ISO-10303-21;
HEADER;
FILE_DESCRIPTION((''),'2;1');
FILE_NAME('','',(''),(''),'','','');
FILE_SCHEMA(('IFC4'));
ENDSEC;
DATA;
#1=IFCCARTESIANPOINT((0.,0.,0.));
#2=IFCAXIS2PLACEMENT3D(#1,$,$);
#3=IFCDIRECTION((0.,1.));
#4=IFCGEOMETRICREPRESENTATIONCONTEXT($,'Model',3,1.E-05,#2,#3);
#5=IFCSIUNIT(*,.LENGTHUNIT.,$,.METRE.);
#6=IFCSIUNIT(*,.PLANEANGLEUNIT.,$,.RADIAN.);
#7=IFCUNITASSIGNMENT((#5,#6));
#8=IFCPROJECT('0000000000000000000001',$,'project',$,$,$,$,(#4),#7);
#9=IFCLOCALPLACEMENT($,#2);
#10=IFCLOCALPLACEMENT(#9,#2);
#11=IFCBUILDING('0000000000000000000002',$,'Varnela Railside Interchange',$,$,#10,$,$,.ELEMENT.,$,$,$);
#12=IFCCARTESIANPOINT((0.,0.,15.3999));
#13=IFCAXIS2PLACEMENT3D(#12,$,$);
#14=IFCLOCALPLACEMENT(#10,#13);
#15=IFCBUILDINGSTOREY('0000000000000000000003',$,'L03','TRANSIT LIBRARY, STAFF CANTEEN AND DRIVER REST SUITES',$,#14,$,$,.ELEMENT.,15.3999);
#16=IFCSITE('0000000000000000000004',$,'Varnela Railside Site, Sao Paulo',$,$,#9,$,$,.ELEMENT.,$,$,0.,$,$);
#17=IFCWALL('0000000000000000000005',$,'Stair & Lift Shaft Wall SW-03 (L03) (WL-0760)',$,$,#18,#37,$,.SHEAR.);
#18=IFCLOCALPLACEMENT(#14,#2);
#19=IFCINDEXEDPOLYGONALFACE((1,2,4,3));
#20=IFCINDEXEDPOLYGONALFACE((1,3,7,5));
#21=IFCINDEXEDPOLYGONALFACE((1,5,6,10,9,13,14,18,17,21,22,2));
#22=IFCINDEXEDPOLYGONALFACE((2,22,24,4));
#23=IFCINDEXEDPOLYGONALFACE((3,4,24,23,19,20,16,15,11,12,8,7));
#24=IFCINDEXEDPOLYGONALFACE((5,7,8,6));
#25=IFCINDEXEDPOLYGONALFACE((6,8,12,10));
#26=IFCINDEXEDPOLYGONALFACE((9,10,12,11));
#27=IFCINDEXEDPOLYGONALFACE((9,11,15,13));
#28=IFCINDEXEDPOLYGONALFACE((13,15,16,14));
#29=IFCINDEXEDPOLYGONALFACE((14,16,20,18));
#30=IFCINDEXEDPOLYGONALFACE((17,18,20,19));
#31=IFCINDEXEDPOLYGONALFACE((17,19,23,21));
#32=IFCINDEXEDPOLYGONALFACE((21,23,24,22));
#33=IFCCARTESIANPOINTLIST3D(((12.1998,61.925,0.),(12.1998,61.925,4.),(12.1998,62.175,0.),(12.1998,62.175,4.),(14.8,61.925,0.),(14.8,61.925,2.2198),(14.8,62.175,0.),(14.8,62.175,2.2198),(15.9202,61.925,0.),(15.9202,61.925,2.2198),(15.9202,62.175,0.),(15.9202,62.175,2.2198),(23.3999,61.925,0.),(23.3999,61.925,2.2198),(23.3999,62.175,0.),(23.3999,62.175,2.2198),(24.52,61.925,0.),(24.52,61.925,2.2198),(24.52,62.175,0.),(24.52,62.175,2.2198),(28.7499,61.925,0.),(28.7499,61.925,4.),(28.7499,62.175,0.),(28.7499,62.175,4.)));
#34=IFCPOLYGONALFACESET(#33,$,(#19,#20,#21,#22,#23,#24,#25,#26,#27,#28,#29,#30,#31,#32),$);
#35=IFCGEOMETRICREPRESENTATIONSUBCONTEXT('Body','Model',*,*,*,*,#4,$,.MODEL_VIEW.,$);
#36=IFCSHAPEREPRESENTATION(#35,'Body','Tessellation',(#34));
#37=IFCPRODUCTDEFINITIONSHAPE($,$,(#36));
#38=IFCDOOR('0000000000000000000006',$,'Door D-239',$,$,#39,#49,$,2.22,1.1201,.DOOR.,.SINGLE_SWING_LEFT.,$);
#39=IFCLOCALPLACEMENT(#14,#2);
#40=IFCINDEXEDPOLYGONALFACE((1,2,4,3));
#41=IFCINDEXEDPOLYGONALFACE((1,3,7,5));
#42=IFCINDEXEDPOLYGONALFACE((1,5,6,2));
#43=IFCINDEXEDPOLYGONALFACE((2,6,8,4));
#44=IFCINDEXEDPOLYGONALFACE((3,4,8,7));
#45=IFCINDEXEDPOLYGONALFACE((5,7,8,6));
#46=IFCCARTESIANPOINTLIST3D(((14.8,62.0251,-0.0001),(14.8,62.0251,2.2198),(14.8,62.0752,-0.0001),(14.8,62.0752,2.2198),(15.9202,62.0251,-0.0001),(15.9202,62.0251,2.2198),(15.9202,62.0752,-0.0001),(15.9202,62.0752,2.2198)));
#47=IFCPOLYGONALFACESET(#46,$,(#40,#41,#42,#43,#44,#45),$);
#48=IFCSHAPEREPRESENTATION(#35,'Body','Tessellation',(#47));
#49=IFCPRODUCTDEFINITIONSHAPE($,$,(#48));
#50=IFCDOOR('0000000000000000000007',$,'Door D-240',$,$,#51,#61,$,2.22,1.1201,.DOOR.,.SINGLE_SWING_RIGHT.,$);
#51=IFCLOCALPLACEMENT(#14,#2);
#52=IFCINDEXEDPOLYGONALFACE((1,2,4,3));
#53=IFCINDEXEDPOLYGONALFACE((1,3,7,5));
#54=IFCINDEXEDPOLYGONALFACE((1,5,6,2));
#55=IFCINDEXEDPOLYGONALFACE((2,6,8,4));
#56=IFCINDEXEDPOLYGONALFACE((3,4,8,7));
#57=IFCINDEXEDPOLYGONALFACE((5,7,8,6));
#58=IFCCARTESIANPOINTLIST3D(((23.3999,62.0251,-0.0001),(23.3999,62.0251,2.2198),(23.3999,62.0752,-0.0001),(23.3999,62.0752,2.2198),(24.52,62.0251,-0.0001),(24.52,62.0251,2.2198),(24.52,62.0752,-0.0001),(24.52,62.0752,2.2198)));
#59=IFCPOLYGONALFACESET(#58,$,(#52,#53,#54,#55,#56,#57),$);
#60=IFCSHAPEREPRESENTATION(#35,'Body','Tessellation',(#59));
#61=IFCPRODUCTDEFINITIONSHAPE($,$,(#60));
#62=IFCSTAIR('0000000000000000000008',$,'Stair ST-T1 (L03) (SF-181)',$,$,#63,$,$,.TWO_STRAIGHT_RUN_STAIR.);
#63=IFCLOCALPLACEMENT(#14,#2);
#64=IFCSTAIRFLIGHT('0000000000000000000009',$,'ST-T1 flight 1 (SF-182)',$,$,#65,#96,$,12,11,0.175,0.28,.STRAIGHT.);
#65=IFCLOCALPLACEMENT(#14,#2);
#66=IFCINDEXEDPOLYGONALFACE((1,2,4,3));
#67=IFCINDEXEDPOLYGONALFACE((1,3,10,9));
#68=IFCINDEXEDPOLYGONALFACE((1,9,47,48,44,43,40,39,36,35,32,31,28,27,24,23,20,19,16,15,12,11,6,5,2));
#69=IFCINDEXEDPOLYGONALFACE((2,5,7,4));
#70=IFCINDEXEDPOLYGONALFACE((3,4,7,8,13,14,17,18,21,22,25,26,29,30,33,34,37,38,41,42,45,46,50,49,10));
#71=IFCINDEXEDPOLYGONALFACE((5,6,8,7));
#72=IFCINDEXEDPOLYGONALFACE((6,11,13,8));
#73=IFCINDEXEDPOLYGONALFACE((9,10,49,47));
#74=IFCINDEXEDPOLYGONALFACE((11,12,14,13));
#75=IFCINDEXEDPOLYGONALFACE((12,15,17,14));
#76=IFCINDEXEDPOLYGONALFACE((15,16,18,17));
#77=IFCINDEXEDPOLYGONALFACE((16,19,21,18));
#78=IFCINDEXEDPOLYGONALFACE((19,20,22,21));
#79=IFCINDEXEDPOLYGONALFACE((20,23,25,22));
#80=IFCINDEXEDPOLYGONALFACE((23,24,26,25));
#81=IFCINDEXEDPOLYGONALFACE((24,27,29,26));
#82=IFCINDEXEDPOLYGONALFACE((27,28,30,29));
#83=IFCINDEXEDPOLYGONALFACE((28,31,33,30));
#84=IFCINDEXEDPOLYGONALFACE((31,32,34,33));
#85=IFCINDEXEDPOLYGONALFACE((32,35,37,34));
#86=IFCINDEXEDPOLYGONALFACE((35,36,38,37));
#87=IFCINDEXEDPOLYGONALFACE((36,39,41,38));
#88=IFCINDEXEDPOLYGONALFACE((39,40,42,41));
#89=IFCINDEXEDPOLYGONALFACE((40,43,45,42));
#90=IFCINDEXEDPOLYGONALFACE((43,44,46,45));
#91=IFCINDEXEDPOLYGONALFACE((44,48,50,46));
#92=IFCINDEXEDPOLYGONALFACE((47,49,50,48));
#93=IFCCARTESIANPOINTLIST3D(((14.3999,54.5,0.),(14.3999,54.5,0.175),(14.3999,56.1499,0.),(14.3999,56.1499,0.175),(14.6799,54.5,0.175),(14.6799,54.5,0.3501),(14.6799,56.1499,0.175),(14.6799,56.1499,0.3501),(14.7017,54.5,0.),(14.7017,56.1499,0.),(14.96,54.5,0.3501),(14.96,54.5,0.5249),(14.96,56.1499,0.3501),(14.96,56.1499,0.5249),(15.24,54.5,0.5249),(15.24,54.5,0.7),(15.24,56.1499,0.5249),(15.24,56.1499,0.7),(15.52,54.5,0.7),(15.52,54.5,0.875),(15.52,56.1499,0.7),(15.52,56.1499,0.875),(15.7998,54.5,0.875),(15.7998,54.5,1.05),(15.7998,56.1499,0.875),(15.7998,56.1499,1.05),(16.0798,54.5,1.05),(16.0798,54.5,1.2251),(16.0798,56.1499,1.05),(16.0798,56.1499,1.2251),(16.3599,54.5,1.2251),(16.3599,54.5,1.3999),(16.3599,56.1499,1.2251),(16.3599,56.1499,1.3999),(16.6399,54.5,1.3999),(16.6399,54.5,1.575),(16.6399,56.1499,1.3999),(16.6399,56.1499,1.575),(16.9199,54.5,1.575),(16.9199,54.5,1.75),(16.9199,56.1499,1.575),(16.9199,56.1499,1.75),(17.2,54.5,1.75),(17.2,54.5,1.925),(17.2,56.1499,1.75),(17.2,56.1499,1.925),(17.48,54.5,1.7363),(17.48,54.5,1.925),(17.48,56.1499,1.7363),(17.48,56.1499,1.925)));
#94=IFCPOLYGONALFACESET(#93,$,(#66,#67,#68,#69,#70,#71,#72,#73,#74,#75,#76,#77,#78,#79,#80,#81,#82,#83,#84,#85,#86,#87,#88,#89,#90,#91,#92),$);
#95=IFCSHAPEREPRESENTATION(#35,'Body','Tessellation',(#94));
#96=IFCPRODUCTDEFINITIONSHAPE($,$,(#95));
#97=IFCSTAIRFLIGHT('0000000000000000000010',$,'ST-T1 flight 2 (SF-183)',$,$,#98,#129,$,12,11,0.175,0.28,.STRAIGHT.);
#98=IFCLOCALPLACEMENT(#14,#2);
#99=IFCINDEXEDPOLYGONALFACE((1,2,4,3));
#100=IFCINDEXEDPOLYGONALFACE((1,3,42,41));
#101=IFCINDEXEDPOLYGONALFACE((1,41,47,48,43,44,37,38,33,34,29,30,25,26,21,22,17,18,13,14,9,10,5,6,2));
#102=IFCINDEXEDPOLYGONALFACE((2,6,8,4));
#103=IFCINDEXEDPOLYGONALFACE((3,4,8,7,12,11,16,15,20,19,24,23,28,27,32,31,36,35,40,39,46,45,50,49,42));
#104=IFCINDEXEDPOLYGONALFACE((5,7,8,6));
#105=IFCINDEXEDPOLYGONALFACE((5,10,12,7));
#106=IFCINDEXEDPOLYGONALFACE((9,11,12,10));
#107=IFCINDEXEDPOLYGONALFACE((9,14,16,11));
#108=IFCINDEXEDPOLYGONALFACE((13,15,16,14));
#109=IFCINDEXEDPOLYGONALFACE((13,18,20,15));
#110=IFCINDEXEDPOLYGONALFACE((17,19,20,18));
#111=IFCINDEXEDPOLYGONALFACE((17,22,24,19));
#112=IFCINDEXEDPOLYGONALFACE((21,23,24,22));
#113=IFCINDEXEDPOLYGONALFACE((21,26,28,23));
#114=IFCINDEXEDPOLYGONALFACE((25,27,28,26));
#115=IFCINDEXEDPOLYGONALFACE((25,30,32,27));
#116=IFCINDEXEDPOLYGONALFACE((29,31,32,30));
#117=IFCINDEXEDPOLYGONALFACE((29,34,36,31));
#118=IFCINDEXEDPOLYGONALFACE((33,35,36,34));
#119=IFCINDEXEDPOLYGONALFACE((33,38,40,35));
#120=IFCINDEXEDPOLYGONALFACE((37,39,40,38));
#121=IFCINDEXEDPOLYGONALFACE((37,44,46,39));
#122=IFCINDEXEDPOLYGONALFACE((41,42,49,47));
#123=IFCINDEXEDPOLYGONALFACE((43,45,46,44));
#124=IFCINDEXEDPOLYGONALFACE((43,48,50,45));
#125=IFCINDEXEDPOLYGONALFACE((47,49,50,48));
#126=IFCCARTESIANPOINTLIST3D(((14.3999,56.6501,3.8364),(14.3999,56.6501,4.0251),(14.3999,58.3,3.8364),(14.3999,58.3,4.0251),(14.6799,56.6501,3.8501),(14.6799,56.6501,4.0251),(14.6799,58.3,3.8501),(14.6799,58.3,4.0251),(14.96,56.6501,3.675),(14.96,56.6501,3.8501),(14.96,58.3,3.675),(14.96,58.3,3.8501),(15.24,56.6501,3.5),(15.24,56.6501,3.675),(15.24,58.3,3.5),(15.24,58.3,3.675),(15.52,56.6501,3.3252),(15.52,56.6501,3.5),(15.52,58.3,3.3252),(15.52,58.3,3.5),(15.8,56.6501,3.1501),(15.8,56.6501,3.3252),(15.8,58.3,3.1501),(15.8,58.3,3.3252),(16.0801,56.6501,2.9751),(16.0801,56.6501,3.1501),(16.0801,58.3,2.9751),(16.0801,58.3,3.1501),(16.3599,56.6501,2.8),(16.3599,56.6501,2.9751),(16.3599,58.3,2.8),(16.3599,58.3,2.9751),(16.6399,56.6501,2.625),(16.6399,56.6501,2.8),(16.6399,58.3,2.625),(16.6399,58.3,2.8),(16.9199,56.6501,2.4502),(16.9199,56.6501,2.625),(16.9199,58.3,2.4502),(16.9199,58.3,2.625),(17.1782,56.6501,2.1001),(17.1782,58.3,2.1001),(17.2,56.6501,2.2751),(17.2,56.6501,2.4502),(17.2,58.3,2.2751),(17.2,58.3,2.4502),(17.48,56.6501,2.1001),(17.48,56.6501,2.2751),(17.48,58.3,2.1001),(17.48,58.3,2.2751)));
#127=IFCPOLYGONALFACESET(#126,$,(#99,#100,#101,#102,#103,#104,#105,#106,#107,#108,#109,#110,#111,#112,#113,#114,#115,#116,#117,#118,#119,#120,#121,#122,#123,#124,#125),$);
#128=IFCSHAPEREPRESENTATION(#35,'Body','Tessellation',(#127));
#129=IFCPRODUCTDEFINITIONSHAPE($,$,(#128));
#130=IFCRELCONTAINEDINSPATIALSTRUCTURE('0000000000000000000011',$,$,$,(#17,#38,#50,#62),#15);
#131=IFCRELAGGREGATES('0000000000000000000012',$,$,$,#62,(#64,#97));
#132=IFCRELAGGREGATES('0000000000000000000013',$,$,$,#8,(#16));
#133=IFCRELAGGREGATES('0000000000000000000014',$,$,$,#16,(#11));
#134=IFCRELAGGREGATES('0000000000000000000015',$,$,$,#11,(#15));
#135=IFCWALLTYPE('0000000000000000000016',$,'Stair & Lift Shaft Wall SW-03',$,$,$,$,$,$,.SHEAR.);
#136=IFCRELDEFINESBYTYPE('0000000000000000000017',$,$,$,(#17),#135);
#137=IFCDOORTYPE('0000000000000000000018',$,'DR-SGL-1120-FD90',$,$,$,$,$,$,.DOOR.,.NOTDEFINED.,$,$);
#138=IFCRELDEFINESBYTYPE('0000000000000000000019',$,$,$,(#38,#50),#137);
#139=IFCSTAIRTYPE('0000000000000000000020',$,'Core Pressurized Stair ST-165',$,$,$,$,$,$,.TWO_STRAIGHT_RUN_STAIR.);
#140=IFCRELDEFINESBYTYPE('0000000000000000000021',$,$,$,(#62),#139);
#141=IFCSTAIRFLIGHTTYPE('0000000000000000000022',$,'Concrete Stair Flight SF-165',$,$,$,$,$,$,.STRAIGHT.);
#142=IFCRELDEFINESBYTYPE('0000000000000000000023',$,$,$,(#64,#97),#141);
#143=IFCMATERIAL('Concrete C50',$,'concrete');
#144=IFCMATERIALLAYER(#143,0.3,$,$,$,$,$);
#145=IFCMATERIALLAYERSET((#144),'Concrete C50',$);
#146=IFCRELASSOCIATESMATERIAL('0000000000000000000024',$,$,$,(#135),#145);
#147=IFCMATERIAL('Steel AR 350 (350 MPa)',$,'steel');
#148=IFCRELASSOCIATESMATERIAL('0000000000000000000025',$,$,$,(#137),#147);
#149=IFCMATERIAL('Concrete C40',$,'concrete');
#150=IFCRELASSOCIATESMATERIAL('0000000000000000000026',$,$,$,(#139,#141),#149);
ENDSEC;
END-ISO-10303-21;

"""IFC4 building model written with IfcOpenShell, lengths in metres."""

from ifc_helpers import new_model, si_unit, direction, frame, frame_2d, origin, place, context, subcontext, project, spatial, polyline, rectangle, outline, extrude, material, layer, layer_set, type_object, element, fill, aggregate, save


model = new_model("IFC4")

# Units and contexts
model_context = context("Model", 3, precision=1e-05, world=origin(), true_north=direction((0.0, 1.0)))
body_context = subcontext(model_context, "Body", "Model", "MODEL_VIEW")
ifc_project = project(units=[si_unit("LENGTHUNIT", "METRE"), si_unit("PLANEANGLEUNIT", "RADIAN")], contexts=[model_context])

# Site, building, storey
site_placement = place(None, origin())
site = spatial("IfcSite", under=ifc_project, at=site_placement, Name="Varnela Railside Site, Sao Paulo", CompositionType="ELEMENT", RefElevation=0.0)
building_placement = place(site_placement, origin())
building = spatial("IfcBuilding", under=site, at=building_placement, Name="Varnela Railside Interchange", CompositionType="ELEMENT")
storey_placement = place(building_placement, frame((0.0, 0.0, 15.3999)))
storey = spatial("IfcBuildingStorey", under=building, at=storey_placement, Name="L03", Description="TRANSIT LIBRARY, STAFF CANTEEN AND DRIVER REST SUITES", CompositionType="ELEMENT", Elevation=15.3999)

# Shared definitions
ifc_material_1 = material(Name="Steel AR 350 (350 MPa)", Category="steel")

# Shared definitions
ifc_material_2 = material(Name="Concrete C40", Category="concrete")

# Shared definitions
ifc_material_3 = material(Name="Concrete C50", Category="concrete")

# Shared definitions
ifc_layer_1 = layer(ifc_material_3, 0.3)
ifc_layer_set_1 = layer_set([ifc_layer_1], Name="Concrete C50")
wall_type_1 = type_object("IfcWallType", Name="Stair & Lift Shaft Wall SW-03", PredefinedType="SHEAR", material=ifc_layer_set_1)

# Wall, openings, doors
wall_1_placement = place(storey_placement, frame((12.2, 62.05, 0.0), z_axis=(0.0, 0.0, 1.0), x_axis=(1.0, 0.0, 0.0)))
wall_1 = element("IfcWall", 1, at=wall_1_placement, inside=storey, type_object=wall_type_1, Name="Stair & Lift Shaft Wall SW-03 (L03) (WL-0760)", PredefinedType="SHEAR", context=body_context, shape_type="SweptSolid", body=[
    extrude(rectangle(XDim=16.55, YDim=0.25, at=frame_2d((8.2749, 0.0))), origin(), (0.0, 0.0, 1.0), 4.0),
])
opening_1_placement = place(wall_1_placement, frame((2.6001, 0.0, 0.0)))
opening_1 = element("IfcOpeningElement", 2, at=opening_1_placement, cuts=wall_1, PredefinedType="OPENING", context=body_context, shape_type="SweptSolid", body=[
    extrude(rectangle(XDim=1.1201, YDim=2.22, at=frame_2d((0.5601, 1.1099))), frame((0.0, 0.135, 0.0), z_axis=(0.0, -1.0, 0.0), x_axis=(1.0, 0.0, 0.0)), (0.0, 0.0, 1.0), 0.27),
])
opening_2_placement = place(wall_1_placement, frame((11.2, 0.0, 0.0)))
opening_2 = element("IfcOpeningElement", 3, at=opening_2_placement, cuts=wall_1, PredefinedType="OPENING", context=body_context, shape_type="SweptSolid", body=[
    extrude(rectangle(XDim=1.1201, YDim=2.22, at=frame_2d((0.5601, 1.1099))), frame((0.0, 0.135, 0.0), z_axis=(0.0, -1.0, 0.0), x_axis=(1.0, 0.0, 0.0)), (0.0, 0.0, 1.0), 0.27),
])
door_type_1 = type_object("IfcDoorType", Name="DR-SGL-1120-FD90", OperationType="NOTDEFINED", PredefinedType="DOOR", material=ifc_material_1)
door_1_placement = place(opening_1_placement, frame((1.1201, 0.0, 0.0), z_axis=(0.0, 0.0, 1.0), x_axis=(-1.0, 0.0, 0.0)))
door_1 = element("IfcDoor", 4, at=door_1_placement, inside=storey, type_object=door_type_1, Name="Door D-239", OperationType="SINGLE_SWING_LEFT", OverallHeight=2.22, OverallWidth=1.1201, PredefinedType="DOOR", context=body_context, shape_type="SweptSolid", body=[
    extrude(rectangle(XDim=1.1201, YDim=2.22, at=frame_2d((0.5601, 1.1099))), frame((0.0, 0.0249, 0.0), z_axis=(0.0, -1.0, 0.0), x_axis=(1.0, 0.0, 0.0)), (0.0, 0.0, 1.0), 0.05),
])
fill(opening_1, door_1)
door_2_placement = place(opening_2_placement, frame((1.1201, 0.0, 0.0), z_axis=(0.0, 0.0, 1.0), x_axis=(-1.0, 0.0, 0.0)))
door_2 = element("IfcDoor", 5, at=door_2_placement, inside=storey, type_object=door_type_1, Name="Door D-240", OperationType="SINGLE_SWING_RIGHT", OverallHeight=2.22, OverallWidth=1.1201, PredefinedType="DOOR", context=body_context, shape_type="SweptSolid", body=[
    extrude(rectangle(XDim=1.1201, YDim=2.22, at=frame_2d((0.5601, 1.1099))), frame((0.0, 0.0249, 0.0), z_axis=(0.0, -1.0, 0.0), x_axis=(1.0, 0.0, 0.0)), (0.0, 0.0, 1.0), 0.05),
])
fill(opening_2, door_2)

# Stair, stair flights
stair_type = type_object("IfcStairType", Name="Core Pressurized Stair ST-165", PredefinedType="TWO_STRAIGHT_RUN_STAIR", material=ifc_material_2)
stair_placement = place(storey_placement, origin())
stair = element("IfcStair", 6, at=stair_placement, inside=storey, type_object=stair_type, Name="Stair ST-T1 (L03) (SF-181)", PredefinedType="TWO_STRAIGHT_RUN_STAIR")
stair_flight_type = type_object("IfcStairFlightType", Name="Concrete Stair Flight SF-165", PredefinedType="STRAIGHT", material=ifc_material_2)
stair_flight_1_placement = place(storey_placement, frame((14.3999, 55.325, 0.0), z_axis=(0.0, 0.0, 1.0), x_axis=(1.0, 0.0, 0.0)))
stair_flight_1 = element("IfcStairFlight", 7, at=stair_flight_1_placement, type_object=stair_flight_type, Name="ST-T1 flight 1 (SF-182)", NumberOfRisers=12, NumberOfTreads=11, PredefinedType="STRAIGHT", RiserHeight=0.175, TreadLength=0.28, context=body_context, shape_type="SweptSolid", body=[
    extrude(outline(polyline([(0.0, 0.0), (0.0, 0.175), (0.28, 0.175), (0.28, 0.3501), (0.5601, 0.3501), (0.5601, 0.5249), (0.8401, 0.5249), (0.8401, 0.7), (1.1201, 0.7), (1.1201, 0.875), (1.3999, 0.875), (1.3999, 1.05), (1.6799, 1.05), (1.6799, 1.2251), (1.96, 1.2251), (1.96, 1.3999), (2.24, 1.3999), (2.24, 1.575), (2.52, 1.575), (2.52, 1.75), (2.8, 1.75), (2.8, 1.925), (3.0801, 1.925), (3.0801, 2.1001), (3.0801, 1.7363), (0.3018, 0.0), (0.0, 0.0)])), frame((0.0, 0.825, 0.0), z_axis=(0.0, -1.0, 0.0), x_axis=(1.0, 0.0, 0.0)), (0.0, 0.0, 1.0), 1.6499),
])
stair_flight_2_placement = place(storey_placement, frame((17.48, 57.4751, 2.1001), z_axis=(0.0, 0.0, 1.0), x_axis=(-1.0, 0.0, 0.0)))
stair_flight_2 = element("IfcStairFlight", 8, at=stair_flight_2_placement, type_object=stair_flight_type, Name="ST-T1 flight 2 (SF-183)", NumberOfRisers=12, NumberOfTreads=11, PredefinedType="STRAIGHT", RiserHeight=0.175, TreadLength=0.28, context=body_context, shape_type="SweptSolid", body=[
    extrude(outline(polyline([(0.0, 0.0), (0.0, 0.175), (0.28, 0.175), (0.28, 0.3501), (0.5601, 0.3501), (0.5601, 0.5249), (0.8401, 0.5249), (0.8401, 0.7), (1.1201, 0.7), (1.1201, 0.875), (1.3999, 0.875), (1.3999, 1.05), (1.6799, 1.05), (1.6799, 1.2251), (1.96, 1.2251), (1.96, 1.3999), (2.24, 1.3999), (2.24, 1.575), (2.52, 1.575), (2.52, 1.75), (2.8, 1.75), (2.8, 1.925), (3.0801, 1.925), (3.0801, 2.1001), (3.0801, 1.7363), (0.3018, 0.0), (0.0, 0.0)])), frame((0.0, 0.825, 0.0), z_axis=(0.0, -1.0, 0.0), x_axis=(1.0, 0.0, 0.0)), (0.0, 0.0, 1.0), 1.6499),
])
aggregate(stair, [stair_flight_1, stair_flight_2])

save(model, "model.ifc")
